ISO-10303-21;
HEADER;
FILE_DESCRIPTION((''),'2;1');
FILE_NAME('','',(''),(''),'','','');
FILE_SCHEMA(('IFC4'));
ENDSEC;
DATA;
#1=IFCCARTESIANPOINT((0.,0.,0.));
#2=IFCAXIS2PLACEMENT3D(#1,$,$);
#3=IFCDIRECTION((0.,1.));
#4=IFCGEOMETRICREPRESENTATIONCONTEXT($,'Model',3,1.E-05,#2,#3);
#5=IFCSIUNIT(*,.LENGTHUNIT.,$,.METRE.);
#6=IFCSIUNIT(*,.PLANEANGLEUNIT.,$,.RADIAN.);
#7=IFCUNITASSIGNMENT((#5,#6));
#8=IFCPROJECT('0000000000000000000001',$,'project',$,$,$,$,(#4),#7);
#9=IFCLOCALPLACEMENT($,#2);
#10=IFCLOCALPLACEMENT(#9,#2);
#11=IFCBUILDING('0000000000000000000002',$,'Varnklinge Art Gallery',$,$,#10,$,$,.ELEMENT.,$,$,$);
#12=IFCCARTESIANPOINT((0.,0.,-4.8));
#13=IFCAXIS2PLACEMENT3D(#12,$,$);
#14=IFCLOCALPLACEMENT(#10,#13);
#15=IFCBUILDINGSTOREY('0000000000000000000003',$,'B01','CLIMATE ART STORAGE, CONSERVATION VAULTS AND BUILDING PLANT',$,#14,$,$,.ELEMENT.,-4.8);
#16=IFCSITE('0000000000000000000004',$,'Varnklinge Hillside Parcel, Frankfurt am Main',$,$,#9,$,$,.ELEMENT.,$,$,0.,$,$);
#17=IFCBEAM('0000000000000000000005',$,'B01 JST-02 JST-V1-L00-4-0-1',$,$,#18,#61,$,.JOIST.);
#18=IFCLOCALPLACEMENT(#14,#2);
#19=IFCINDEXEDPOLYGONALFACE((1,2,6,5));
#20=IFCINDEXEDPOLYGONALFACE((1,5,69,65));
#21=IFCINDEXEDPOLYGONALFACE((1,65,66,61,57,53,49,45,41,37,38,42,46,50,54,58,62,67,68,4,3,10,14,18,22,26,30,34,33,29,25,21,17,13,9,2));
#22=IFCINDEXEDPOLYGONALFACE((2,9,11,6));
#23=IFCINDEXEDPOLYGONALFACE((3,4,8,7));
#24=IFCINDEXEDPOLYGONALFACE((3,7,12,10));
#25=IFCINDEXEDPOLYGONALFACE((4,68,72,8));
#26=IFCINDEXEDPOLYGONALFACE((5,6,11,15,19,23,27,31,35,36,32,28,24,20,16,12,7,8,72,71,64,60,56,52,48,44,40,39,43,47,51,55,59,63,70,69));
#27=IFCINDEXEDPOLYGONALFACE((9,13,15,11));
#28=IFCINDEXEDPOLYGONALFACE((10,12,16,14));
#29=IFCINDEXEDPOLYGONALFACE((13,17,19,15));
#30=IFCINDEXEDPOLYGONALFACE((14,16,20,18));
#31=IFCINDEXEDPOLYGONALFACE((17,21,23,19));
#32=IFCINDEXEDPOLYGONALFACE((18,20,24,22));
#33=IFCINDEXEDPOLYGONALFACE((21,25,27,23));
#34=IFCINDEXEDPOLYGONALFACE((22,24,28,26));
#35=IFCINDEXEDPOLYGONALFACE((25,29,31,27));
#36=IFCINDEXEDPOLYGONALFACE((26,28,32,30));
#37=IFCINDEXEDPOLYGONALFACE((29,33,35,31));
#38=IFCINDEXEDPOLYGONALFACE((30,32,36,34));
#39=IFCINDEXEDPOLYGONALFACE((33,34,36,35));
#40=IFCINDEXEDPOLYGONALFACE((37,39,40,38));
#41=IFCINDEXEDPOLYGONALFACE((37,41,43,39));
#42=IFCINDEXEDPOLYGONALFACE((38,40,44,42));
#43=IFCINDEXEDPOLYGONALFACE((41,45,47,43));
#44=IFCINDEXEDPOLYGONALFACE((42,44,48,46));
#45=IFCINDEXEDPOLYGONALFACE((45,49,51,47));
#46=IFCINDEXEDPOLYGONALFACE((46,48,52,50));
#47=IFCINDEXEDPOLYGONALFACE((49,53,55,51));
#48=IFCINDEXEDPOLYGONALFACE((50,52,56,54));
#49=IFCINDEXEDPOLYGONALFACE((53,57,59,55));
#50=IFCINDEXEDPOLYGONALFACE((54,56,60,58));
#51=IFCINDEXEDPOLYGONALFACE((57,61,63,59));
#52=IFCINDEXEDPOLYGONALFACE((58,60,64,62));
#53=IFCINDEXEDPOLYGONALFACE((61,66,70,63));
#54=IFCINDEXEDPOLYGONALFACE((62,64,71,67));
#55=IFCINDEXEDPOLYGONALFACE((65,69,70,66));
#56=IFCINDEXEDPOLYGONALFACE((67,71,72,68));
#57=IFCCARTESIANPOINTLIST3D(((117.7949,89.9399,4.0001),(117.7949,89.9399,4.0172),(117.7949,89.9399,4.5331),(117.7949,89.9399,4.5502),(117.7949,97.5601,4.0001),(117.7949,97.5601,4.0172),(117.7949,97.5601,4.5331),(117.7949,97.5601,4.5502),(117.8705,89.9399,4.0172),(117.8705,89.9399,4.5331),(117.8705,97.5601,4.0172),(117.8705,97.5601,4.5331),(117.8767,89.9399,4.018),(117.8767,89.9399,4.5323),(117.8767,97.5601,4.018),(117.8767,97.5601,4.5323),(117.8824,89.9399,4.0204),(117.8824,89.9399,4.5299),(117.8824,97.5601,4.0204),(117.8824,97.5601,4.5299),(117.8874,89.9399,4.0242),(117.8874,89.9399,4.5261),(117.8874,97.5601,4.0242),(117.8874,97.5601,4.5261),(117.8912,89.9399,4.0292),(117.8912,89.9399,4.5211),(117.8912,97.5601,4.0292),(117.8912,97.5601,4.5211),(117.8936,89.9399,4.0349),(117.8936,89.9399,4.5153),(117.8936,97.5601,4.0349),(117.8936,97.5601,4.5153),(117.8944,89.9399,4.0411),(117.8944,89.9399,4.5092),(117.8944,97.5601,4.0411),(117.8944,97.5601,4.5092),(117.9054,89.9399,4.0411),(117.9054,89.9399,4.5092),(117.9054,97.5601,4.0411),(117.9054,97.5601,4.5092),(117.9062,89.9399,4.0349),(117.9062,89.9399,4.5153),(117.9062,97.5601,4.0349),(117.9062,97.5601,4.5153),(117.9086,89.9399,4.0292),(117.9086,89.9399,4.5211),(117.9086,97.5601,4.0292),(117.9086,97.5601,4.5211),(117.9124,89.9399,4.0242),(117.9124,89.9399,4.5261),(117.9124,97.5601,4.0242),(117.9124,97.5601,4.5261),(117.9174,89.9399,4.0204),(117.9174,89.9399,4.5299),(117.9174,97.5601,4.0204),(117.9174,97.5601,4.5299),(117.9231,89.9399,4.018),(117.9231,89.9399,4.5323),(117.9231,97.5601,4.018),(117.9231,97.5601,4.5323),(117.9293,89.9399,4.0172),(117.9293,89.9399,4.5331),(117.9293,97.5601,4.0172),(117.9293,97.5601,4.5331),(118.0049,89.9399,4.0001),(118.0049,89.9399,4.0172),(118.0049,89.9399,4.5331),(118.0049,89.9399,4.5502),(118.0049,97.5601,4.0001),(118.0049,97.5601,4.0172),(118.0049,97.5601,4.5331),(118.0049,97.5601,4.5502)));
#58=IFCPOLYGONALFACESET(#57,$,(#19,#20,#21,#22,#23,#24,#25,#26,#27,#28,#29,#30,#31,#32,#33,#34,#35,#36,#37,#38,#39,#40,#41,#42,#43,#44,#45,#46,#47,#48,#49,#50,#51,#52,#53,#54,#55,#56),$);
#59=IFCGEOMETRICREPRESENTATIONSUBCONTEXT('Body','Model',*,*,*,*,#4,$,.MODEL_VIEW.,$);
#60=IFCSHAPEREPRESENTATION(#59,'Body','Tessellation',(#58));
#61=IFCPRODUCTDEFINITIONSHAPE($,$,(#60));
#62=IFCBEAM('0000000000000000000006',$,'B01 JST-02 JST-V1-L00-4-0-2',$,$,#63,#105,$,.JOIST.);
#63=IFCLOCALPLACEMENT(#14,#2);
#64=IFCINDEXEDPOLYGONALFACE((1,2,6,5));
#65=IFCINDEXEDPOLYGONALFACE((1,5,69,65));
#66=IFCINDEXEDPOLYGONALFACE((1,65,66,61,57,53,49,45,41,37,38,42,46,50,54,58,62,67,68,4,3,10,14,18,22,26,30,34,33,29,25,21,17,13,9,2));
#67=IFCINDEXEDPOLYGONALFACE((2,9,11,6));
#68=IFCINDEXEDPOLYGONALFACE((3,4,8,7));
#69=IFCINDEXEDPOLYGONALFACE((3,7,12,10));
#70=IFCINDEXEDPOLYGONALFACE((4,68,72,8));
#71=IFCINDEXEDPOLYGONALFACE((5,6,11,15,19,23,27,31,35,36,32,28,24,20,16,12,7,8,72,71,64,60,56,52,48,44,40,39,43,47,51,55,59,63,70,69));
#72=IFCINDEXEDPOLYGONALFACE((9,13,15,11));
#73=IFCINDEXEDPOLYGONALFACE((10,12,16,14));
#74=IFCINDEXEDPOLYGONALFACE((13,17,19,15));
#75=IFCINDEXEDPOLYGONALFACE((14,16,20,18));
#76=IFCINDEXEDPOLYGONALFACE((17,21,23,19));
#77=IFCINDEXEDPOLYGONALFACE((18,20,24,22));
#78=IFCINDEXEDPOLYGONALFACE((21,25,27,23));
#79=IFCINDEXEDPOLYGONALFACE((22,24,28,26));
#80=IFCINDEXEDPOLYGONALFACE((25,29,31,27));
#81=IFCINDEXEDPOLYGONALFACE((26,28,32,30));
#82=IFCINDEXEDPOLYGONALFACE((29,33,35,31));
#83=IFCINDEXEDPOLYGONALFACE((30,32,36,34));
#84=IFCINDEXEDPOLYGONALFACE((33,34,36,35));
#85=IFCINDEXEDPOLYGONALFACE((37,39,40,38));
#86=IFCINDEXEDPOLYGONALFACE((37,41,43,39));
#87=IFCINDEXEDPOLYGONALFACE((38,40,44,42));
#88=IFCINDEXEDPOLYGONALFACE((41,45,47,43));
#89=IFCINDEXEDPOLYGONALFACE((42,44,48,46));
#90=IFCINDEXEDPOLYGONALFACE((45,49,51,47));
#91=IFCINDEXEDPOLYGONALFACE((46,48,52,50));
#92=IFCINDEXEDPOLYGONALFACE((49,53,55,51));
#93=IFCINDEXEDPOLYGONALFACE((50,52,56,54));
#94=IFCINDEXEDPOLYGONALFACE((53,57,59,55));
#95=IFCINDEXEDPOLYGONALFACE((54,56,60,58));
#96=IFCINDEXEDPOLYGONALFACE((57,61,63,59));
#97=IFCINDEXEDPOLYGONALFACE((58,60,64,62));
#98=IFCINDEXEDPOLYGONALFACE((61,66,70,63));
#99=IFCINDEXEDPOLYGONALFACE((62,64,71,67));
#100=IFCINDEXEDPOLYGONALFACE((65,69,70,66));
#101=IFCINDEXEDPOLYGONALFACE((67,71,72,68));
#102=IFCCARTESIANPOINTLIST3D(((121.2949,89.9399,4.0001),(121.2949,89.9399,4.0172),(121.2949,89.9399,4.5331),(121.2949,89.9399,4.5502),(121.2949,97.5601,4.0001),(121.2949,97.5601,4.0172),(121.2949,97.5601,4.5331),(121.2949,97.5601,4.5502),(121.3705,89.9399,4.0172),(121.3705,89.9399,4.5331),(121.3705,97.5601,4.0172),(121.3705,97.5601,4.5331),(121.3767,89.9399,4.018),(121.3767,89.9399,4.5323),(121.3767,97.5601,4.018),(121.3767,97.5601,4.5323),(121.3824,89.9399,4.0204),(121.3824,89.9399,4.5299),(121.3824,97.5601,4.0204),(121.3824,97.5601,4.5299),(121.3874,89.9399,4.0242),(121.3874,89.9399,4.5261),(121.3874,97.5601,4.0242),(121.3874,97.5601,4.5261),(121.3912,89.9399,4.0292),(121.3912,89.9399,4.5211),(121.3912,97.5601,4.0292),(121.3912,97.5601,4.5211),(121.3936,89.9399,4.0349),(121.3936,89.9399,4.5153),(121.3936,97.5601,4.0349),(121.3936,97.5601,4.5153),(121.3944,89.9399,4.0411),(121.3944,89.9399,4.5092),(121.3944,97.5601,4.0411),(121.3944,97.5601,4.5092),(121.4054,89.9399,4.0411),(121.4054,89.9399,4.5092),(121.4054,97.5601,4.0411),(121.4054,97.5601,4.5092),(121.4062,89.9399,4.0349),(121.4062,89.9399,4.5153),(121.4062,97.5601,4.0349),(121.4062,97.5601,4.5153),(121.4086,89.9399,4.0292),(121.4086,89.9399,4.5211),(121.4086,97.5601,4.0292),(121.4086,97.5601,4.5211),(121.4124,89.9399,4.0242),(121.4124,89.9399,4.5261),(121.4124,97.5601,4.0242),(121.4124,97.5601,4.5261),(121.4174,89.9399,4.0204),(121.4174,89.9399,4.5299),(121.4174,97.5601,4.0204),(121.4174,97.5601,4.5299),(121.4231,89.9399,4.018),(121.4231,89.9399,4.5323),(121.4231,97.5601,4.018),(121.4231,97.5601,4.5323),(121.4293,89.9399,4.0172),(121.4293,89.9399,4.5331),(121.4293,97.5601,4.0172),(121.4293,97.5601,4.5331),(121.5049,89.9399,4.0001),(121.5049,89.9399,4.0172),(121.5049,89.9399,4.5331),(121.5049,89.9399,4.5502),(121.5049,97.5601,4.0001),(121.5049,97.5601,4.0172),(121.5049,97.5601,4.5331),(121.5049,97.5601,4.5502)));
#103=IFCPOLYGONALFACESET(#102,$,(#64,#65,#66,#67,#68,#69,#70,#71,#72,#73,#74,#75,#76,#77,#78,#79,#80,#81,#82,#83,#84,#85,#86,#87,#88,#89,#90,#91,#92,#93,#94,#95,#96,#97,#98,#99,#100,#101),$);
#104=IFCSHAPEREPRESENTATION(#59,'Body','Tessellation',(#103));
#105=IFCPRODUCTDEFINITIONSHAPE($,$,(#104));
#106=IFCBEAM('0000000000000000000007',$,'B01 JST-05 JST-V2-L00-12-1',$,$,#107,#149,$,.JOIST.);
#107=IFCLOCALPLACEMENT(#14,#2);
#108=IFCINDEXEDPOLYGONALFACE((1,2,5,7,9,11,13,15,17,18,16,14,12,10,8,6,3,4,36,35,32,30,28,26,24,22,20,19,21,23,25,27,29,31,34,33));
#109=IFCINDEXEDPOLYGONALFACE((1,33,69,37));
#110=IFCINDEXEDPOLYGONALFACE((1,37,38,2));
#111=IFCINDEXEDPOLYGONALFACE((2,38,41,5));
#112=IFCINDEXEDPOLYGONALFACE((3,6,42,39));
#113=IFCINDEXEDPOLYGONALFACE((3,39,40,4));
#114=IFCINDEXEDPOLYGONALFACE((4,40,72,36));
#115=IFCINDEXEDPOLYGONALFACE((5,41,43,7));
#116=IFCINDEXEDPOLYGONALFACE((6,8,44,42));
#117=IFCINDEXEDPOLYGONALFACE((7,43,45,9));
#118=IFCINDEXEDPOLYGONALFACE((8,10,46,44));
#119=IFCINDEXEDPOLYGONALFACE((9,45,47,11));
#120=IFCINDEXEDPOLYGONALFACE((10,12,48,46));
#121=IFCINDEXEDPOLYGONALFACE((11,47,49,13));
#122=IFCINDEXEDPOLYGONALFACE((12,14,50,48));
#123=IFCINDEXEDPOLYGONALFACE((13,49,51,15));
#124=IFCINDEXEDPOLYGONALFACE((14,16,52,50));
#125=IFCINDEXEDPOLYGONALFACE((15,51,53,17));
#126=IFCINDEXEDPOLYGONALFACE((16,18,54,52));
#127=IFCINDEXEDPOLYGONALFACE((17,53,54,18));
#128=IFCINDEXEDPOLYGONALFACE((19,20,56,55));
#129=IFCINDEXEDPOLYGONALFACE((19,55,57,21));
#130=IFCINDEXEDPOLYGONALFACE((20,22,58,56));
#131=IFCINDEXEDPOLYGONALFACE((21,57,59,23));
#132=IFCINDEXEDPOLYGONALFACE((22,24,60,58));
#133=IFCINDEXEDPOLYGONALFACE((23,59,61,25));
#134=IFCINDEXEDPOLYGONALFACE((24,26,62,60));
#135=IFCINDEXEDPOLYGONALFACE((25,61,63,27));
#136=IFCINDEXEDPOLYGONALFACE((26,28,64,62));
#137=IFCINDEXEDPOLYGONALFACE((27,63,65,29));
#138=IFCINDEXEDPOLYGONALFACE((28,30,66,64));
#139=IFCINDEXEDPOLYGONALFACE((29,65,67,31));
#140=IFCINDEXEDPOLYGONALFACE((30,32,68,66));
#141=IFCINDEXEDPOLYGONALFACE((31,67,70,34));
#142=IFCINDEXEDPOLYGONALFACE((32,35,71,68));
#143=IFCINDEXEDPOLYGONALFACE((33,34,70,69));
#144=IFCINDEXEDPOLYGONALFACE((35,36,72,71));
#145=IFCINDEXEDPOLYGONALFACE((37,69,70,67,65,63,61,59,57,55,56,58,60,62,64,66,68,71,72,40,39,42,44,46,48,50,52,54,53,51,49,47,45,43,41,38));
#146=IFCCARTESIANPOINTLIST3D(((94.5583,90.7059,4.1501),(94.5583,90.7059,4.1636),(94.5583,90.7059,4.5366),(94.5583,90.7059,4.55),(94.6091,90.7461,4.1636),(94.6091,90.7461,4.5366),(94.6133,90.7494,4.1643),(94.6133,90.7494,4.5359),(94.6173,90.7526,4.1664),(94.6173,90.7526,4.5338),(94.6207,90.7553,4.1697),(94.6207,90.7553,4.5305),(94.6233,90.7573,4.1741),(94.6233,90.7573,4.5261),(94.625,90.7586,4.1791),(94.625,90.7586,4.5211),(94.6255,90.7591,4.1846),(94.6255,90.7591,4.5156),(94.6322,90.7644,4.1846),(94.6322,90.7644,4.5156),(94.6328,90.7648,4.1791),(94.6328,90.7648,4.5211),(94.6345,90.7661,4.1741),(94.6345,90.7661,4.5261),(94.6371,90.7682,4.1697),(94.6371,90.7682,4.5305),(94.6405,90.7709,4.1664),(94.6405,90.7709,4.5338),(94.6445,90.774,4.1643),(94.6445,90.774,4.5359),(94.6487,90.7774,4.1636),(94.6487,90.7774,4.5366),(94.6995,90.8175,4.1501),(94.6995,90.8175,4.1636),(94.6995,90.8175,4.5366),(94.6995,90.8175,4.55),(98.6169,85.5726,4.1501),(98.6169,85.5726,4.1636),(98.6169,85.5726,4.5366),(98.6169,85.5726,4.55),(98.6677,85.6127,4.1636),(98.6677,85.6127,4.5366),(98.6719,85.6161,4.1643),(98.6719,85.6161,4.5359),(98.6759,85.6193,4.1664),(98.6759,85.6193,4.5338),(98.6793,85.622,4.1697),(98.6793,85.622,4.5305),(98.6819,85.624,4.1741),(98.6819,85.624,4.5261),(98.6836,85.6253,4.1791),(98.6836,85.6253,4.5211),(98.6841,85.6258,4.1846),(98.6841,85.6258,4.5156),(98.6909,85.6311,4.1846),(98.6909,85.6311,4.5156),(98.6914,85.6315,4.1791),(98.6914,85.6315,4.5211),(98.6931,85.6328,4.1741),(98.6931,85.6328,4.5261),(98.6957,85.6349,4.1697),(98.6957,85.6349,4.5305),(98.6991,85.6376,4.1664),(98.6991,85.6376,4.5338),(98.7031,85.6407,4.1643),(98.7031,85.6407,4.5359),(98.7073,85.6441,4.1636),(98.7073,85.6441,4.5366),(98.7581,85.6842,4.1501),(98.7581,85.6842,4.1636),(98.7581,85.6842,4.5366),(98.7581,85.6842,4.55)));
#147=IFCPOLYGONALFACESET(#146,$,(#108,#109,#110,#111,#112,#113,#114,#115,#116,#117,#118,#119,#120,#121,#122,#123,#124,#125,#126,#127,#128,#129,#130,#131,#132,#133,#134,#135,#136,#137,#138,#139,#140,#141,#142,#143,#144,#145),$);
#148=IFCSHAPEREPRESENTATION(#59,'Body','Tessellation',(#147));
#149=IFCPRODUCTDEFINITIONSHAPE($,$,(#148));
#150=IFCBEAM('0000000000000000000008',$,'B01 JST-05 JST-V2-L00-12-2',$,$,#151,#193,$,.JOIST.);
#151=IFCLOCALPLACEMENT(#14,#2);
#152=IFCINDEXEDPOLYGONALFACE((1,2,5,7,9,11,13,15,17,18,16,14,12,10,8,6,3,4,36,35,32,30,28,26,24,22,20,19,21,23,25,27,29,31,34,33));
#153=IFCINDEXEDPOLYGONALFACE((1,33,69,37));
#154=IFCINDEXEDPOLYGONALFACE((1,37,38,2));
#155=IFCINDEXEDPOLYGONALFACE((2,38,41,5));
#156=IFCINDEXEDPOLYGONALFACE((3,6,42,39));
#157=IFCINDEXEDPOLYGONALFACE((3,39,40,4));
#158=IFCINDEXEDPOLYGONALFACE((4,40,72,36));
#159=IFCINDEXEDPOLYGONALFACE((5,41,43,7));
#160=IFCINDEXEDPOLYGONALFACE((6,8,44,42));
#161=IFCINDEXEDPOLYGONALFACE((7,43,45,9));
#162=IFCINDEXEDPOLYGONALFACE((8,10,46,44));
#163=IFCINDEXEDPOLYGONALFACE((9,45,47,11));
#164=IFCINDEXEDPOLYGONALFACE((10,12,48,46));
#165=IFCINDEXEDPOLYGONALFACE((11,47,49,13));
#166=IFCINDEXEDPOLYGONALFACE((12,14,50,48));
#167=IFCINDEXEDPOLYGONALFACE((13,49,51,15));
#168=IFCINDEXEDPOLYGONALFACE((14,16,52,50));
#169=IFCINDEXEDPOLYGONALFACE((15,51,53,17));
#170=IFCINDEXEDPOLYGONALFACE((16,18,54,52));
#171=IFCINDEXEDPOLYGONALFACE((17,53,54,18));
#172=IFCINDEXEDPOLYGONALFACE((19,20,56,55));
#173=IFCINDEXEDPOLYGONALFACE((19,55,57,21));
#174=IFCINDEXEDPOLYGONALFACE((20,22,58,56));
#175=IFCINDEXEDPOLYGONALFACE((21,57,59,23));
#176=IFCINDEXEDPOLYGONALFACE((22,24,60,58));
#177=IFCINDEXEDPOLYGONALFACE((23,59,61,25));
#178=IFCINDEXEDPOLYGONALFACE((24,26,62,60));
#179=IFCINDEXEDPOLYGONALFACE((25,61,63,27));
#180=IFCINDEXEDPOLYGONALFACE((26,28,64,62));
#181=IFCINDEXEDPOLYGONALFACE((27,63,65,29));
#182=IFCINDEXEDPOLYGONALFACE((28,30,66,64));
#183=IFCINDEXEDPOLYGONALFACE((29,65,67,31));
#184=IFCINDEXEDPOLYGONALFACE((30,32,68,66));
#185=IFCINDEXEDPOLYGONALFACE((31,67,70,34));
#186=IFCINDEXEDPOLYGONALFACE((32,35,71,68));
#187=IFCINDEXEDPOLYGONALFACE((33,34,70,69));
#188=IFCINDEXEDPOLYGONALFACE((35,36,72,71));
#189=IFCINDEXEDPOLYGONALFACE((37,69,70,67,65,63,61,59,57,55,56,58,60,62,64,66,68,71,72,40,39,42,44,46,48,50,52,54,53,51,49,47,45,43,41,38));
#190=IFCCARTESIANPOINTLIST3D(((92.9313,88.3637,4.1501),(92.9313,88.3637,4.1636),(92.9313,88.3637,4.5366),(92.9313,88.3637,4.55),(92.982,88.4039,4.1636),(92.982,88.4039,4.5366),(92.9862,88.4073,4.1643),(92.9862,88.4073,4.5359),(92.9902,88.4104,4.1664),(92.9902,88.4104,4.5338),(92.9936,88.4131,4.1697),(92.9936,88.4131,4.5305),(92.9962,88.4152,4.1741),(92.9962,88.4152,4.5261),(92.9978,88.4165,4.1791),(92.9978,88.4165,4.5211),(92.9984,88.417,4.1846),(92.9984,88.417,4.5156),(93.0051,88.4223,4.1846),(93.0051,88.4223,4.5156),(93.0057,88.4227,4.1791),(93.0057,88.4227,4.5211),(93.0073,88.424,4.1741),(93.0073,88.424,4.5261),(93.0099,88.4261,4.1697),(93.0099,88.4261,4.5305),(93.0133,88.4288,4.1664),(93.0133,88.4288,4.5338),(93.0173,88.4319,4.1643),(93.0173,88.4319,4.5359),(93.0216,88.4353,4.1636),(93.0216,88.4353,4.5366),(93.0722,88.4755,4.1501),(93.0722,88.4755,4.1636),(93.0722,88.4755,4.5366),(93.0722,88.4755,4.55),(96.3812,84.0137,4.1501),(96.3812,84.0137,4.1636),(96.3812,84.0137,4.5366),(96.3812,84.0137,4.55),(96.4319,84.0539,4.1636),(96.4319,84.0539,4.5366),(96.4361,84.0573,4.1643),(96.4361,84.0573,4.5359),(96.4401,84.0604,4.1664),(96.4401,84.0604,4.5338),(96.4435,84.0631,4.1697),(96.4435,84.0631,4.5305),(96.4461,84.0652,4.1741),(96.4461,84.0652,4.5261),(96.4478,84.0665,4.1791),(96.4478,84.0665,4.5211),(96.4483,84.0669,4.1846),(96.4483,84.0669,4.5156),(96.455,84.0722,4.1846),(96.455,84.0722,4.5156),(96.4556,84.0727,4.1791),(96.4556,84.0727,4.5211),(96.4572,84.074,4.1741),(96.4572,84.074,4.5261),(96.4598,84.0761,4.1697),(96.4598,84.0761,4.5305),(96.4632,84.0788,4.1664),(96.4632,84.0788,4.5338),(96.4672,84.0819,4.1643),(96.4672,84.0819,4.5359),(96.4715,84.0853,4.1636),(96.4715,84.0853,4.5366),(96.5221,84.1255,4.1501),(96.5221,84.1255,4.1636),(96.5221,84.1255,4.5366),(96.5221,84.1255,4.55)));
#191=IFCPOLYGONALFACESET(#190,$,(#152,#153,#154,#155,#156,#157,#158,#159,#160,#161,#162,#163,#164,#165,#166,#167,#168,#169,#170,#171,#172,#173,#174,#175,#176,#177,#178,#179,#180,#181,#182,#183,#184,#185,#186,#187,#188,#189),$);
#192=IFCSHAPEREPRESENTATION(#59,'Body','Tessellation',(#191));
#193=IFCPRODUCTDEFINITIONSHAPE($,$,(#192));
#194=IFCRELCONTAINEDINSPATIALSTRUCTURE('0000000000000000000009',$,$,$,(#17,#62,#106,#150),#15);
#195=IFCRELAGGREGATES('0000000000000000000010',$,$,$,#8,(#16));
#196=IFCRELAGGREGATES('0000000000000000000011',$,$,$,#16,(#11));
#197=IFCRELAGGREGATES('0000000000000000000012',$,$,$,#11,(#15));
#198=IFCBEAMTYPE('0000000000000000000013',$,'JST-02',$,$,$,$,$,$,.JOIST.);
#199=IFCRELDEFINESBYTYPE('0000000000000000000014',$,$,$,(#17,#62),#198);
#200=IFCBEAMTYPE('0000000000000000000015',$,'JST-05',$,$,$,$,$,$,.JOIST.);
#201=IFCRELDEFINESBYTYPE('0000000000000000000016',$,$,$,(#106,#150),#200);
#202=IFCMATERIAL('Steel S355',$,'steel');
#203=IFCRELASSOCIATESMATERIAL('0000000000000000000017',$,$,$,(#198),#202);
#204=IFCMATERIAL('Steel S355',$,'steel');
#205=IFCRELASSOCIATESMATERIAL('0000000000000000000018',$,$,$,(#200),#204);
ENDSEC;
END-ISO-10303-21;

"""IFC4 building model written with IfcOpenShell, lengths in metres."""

from ifc_helpers import new_model, si_unit, direction, frame, origin, origin_2d, place, context, subcontext, project, spatial, i_section, extrude, material, material_profile, profile_set, type_object, element, save


model = new_model("IFC4")

# Units and contexts
model_context = context("Model", 3, precision=1e-05, world=origin(), true_north=direction((0.0, 1.0)))
body_context = subcontext(model_context, "Body", "Model", "MODEL_VIEW")
ifc_project = project(units=[si_unit("LENGTHUNIT", "METRE"), si_unit("PLANEANGLEUNIT", "RADIAN")], contexts=[model_context])

# Site, building, storey
site_placement = place(None, origin())
site = spatial("IfcSite", under=ifc_project, at=site_placement, Name="Varnklinge Hillside Parcel, Frankfurt am Main", CompositionType="ELEMENT", RefElevation=0.0)
building_placement = place(site_placement, origin())
building = spatial("IfcBuilding", under=site, at=building_placement, Name="Varnklinge Art Gallery", CompositionType="ELEMENT")
storey_placement = place(building_placement, frame((0.0, 0.0, -4.8)))
storey = spatial("IfcBuildingStorey", under=building, at=storey_placement, Name="B01", Description="CLIMATE ART STORAGE, CONSERVATION VAULTS AND BUILDING PLANT", CompositionType="ELEMENT", Elevation=-4.8)

# Beams
ifc_material_1 = material(Name="Steel S355", Category="steel")
ifc_material_profile_1 = material_profile(ifc_material_1, i_section(OverallWidth=0.21, OverallDepth=0.55, WebThickness=0.011, FlangeThickness=0.0171, FilletRadius=0.0239, at=origin_2d()), Name="IPE 550")
ifc_profile_set_1 = profile_set([ifc_material_profile_1], Name="Steel S355")
beam_type_1 = type_object("IfcBeamType", Name="JST-02", PredefinedType="JOIST", material=ifc_profile_set_1)
for number, where, z_axis, x_axis, name in (
    (1, (117.8999, 89.9399, 4.2751), (0.0, 1.0, 0.0), (-1.0, 0.0, 0.0), "B01 JST-02 JST-V1-L00-4-0-1"),
    (2, (121.3999, 89.9399, 4.2751), (0.0, 1.0, 0.0), (-1.0, 0.0, 0.0), "B01 JST-02 JST-V1-L00-4-0-2"),
):
    element("IfcBeam", number, at=place(storey_placement, frame(where, z_axis=z_axis, x_axis=x_axis)), inside=storey, type_object=beam_type_1, Name=name, PredefinedType="JOIST", context=body_context, shape_type="SweptSolid", body=[
        extrude(i_section(OverallWidth=0.21, OverallDepth=0.55, WebThickness=0.011, FlangeThickness=0.0171, FilletRadius=0.0239, at=origin_2d()), origin(), (0.0, 0.0, 1.0), 7.6201),
    ])
ifc_material_2 = material(Name="Steel S355", Category="steel")
ifc_material_profile_2 = material_profile(ifc_material_2, i_section(OverallWidth=0.1799, OverallDepth=0.3999, WebThickness=0.0085, FlangeThickness=0.0134, FilletRadius=0.021, at=origin_2d()), Name="IPE 400")
ifc_profile_set_2 = profile_set([ifc_material_profile_2], Name="Steel S355")
beam_type_2 = type_object("IfcBeamType", Name="JST-05", PredefinedType="JOIST", material=ifc_profile_set_2)
beam_1_placement = place(storey_placement, frame((98.6875, 85.6284, 4.3501), z_axis=(-0.620208, 0.784438, 0.0), x_axis=(-0.784438, -0.620208, 0.0)))
element("IfcBeam", 3, at=beam_1_placement, inside=storey, type_object=beam_type_2, Name="B01 JST-05 JST-V2-L00-12-1", PredefinedType="JOIST", context=body_context, shape_type="SweptSolid", body=[
    extrude(i_section(OverallWidth=0.1799, OverallDepth=0.3999, WebThickness=0.0085, FlangeThickness=0.0134, FilletRadius=0.021, at=origin_2d()), origin(), (0.0, 0.0, 1.0), 6.5439),
])
beam_2_placement = place(storey_placement, frame((96.4517, 84.0696, 4.3501), z_axis=(-0.621381, 0.783509, 0.0), x_axis=(-0.783509, -0.621381, 0.0)))
element("IfcBeam", 4, at=beam_2_placement, inside=storey, type_object=beam_type_2, Name="B01 JST-05 JST-V2-L00-12-2", PredefinedType="JOIST", context=body_context, shape_type="SweptSolid", body=[
    extrude(i_section(OverallWidth=0.1799, OverallDepth=0.3999, WebThickness=0.0085, FlangeThickness=0.0134, FilletRadius=0.021, at=origin_2d()), origin(), (0.0, 0.0, 1.0), 5.552),
])

save(model, "model.ifc")
